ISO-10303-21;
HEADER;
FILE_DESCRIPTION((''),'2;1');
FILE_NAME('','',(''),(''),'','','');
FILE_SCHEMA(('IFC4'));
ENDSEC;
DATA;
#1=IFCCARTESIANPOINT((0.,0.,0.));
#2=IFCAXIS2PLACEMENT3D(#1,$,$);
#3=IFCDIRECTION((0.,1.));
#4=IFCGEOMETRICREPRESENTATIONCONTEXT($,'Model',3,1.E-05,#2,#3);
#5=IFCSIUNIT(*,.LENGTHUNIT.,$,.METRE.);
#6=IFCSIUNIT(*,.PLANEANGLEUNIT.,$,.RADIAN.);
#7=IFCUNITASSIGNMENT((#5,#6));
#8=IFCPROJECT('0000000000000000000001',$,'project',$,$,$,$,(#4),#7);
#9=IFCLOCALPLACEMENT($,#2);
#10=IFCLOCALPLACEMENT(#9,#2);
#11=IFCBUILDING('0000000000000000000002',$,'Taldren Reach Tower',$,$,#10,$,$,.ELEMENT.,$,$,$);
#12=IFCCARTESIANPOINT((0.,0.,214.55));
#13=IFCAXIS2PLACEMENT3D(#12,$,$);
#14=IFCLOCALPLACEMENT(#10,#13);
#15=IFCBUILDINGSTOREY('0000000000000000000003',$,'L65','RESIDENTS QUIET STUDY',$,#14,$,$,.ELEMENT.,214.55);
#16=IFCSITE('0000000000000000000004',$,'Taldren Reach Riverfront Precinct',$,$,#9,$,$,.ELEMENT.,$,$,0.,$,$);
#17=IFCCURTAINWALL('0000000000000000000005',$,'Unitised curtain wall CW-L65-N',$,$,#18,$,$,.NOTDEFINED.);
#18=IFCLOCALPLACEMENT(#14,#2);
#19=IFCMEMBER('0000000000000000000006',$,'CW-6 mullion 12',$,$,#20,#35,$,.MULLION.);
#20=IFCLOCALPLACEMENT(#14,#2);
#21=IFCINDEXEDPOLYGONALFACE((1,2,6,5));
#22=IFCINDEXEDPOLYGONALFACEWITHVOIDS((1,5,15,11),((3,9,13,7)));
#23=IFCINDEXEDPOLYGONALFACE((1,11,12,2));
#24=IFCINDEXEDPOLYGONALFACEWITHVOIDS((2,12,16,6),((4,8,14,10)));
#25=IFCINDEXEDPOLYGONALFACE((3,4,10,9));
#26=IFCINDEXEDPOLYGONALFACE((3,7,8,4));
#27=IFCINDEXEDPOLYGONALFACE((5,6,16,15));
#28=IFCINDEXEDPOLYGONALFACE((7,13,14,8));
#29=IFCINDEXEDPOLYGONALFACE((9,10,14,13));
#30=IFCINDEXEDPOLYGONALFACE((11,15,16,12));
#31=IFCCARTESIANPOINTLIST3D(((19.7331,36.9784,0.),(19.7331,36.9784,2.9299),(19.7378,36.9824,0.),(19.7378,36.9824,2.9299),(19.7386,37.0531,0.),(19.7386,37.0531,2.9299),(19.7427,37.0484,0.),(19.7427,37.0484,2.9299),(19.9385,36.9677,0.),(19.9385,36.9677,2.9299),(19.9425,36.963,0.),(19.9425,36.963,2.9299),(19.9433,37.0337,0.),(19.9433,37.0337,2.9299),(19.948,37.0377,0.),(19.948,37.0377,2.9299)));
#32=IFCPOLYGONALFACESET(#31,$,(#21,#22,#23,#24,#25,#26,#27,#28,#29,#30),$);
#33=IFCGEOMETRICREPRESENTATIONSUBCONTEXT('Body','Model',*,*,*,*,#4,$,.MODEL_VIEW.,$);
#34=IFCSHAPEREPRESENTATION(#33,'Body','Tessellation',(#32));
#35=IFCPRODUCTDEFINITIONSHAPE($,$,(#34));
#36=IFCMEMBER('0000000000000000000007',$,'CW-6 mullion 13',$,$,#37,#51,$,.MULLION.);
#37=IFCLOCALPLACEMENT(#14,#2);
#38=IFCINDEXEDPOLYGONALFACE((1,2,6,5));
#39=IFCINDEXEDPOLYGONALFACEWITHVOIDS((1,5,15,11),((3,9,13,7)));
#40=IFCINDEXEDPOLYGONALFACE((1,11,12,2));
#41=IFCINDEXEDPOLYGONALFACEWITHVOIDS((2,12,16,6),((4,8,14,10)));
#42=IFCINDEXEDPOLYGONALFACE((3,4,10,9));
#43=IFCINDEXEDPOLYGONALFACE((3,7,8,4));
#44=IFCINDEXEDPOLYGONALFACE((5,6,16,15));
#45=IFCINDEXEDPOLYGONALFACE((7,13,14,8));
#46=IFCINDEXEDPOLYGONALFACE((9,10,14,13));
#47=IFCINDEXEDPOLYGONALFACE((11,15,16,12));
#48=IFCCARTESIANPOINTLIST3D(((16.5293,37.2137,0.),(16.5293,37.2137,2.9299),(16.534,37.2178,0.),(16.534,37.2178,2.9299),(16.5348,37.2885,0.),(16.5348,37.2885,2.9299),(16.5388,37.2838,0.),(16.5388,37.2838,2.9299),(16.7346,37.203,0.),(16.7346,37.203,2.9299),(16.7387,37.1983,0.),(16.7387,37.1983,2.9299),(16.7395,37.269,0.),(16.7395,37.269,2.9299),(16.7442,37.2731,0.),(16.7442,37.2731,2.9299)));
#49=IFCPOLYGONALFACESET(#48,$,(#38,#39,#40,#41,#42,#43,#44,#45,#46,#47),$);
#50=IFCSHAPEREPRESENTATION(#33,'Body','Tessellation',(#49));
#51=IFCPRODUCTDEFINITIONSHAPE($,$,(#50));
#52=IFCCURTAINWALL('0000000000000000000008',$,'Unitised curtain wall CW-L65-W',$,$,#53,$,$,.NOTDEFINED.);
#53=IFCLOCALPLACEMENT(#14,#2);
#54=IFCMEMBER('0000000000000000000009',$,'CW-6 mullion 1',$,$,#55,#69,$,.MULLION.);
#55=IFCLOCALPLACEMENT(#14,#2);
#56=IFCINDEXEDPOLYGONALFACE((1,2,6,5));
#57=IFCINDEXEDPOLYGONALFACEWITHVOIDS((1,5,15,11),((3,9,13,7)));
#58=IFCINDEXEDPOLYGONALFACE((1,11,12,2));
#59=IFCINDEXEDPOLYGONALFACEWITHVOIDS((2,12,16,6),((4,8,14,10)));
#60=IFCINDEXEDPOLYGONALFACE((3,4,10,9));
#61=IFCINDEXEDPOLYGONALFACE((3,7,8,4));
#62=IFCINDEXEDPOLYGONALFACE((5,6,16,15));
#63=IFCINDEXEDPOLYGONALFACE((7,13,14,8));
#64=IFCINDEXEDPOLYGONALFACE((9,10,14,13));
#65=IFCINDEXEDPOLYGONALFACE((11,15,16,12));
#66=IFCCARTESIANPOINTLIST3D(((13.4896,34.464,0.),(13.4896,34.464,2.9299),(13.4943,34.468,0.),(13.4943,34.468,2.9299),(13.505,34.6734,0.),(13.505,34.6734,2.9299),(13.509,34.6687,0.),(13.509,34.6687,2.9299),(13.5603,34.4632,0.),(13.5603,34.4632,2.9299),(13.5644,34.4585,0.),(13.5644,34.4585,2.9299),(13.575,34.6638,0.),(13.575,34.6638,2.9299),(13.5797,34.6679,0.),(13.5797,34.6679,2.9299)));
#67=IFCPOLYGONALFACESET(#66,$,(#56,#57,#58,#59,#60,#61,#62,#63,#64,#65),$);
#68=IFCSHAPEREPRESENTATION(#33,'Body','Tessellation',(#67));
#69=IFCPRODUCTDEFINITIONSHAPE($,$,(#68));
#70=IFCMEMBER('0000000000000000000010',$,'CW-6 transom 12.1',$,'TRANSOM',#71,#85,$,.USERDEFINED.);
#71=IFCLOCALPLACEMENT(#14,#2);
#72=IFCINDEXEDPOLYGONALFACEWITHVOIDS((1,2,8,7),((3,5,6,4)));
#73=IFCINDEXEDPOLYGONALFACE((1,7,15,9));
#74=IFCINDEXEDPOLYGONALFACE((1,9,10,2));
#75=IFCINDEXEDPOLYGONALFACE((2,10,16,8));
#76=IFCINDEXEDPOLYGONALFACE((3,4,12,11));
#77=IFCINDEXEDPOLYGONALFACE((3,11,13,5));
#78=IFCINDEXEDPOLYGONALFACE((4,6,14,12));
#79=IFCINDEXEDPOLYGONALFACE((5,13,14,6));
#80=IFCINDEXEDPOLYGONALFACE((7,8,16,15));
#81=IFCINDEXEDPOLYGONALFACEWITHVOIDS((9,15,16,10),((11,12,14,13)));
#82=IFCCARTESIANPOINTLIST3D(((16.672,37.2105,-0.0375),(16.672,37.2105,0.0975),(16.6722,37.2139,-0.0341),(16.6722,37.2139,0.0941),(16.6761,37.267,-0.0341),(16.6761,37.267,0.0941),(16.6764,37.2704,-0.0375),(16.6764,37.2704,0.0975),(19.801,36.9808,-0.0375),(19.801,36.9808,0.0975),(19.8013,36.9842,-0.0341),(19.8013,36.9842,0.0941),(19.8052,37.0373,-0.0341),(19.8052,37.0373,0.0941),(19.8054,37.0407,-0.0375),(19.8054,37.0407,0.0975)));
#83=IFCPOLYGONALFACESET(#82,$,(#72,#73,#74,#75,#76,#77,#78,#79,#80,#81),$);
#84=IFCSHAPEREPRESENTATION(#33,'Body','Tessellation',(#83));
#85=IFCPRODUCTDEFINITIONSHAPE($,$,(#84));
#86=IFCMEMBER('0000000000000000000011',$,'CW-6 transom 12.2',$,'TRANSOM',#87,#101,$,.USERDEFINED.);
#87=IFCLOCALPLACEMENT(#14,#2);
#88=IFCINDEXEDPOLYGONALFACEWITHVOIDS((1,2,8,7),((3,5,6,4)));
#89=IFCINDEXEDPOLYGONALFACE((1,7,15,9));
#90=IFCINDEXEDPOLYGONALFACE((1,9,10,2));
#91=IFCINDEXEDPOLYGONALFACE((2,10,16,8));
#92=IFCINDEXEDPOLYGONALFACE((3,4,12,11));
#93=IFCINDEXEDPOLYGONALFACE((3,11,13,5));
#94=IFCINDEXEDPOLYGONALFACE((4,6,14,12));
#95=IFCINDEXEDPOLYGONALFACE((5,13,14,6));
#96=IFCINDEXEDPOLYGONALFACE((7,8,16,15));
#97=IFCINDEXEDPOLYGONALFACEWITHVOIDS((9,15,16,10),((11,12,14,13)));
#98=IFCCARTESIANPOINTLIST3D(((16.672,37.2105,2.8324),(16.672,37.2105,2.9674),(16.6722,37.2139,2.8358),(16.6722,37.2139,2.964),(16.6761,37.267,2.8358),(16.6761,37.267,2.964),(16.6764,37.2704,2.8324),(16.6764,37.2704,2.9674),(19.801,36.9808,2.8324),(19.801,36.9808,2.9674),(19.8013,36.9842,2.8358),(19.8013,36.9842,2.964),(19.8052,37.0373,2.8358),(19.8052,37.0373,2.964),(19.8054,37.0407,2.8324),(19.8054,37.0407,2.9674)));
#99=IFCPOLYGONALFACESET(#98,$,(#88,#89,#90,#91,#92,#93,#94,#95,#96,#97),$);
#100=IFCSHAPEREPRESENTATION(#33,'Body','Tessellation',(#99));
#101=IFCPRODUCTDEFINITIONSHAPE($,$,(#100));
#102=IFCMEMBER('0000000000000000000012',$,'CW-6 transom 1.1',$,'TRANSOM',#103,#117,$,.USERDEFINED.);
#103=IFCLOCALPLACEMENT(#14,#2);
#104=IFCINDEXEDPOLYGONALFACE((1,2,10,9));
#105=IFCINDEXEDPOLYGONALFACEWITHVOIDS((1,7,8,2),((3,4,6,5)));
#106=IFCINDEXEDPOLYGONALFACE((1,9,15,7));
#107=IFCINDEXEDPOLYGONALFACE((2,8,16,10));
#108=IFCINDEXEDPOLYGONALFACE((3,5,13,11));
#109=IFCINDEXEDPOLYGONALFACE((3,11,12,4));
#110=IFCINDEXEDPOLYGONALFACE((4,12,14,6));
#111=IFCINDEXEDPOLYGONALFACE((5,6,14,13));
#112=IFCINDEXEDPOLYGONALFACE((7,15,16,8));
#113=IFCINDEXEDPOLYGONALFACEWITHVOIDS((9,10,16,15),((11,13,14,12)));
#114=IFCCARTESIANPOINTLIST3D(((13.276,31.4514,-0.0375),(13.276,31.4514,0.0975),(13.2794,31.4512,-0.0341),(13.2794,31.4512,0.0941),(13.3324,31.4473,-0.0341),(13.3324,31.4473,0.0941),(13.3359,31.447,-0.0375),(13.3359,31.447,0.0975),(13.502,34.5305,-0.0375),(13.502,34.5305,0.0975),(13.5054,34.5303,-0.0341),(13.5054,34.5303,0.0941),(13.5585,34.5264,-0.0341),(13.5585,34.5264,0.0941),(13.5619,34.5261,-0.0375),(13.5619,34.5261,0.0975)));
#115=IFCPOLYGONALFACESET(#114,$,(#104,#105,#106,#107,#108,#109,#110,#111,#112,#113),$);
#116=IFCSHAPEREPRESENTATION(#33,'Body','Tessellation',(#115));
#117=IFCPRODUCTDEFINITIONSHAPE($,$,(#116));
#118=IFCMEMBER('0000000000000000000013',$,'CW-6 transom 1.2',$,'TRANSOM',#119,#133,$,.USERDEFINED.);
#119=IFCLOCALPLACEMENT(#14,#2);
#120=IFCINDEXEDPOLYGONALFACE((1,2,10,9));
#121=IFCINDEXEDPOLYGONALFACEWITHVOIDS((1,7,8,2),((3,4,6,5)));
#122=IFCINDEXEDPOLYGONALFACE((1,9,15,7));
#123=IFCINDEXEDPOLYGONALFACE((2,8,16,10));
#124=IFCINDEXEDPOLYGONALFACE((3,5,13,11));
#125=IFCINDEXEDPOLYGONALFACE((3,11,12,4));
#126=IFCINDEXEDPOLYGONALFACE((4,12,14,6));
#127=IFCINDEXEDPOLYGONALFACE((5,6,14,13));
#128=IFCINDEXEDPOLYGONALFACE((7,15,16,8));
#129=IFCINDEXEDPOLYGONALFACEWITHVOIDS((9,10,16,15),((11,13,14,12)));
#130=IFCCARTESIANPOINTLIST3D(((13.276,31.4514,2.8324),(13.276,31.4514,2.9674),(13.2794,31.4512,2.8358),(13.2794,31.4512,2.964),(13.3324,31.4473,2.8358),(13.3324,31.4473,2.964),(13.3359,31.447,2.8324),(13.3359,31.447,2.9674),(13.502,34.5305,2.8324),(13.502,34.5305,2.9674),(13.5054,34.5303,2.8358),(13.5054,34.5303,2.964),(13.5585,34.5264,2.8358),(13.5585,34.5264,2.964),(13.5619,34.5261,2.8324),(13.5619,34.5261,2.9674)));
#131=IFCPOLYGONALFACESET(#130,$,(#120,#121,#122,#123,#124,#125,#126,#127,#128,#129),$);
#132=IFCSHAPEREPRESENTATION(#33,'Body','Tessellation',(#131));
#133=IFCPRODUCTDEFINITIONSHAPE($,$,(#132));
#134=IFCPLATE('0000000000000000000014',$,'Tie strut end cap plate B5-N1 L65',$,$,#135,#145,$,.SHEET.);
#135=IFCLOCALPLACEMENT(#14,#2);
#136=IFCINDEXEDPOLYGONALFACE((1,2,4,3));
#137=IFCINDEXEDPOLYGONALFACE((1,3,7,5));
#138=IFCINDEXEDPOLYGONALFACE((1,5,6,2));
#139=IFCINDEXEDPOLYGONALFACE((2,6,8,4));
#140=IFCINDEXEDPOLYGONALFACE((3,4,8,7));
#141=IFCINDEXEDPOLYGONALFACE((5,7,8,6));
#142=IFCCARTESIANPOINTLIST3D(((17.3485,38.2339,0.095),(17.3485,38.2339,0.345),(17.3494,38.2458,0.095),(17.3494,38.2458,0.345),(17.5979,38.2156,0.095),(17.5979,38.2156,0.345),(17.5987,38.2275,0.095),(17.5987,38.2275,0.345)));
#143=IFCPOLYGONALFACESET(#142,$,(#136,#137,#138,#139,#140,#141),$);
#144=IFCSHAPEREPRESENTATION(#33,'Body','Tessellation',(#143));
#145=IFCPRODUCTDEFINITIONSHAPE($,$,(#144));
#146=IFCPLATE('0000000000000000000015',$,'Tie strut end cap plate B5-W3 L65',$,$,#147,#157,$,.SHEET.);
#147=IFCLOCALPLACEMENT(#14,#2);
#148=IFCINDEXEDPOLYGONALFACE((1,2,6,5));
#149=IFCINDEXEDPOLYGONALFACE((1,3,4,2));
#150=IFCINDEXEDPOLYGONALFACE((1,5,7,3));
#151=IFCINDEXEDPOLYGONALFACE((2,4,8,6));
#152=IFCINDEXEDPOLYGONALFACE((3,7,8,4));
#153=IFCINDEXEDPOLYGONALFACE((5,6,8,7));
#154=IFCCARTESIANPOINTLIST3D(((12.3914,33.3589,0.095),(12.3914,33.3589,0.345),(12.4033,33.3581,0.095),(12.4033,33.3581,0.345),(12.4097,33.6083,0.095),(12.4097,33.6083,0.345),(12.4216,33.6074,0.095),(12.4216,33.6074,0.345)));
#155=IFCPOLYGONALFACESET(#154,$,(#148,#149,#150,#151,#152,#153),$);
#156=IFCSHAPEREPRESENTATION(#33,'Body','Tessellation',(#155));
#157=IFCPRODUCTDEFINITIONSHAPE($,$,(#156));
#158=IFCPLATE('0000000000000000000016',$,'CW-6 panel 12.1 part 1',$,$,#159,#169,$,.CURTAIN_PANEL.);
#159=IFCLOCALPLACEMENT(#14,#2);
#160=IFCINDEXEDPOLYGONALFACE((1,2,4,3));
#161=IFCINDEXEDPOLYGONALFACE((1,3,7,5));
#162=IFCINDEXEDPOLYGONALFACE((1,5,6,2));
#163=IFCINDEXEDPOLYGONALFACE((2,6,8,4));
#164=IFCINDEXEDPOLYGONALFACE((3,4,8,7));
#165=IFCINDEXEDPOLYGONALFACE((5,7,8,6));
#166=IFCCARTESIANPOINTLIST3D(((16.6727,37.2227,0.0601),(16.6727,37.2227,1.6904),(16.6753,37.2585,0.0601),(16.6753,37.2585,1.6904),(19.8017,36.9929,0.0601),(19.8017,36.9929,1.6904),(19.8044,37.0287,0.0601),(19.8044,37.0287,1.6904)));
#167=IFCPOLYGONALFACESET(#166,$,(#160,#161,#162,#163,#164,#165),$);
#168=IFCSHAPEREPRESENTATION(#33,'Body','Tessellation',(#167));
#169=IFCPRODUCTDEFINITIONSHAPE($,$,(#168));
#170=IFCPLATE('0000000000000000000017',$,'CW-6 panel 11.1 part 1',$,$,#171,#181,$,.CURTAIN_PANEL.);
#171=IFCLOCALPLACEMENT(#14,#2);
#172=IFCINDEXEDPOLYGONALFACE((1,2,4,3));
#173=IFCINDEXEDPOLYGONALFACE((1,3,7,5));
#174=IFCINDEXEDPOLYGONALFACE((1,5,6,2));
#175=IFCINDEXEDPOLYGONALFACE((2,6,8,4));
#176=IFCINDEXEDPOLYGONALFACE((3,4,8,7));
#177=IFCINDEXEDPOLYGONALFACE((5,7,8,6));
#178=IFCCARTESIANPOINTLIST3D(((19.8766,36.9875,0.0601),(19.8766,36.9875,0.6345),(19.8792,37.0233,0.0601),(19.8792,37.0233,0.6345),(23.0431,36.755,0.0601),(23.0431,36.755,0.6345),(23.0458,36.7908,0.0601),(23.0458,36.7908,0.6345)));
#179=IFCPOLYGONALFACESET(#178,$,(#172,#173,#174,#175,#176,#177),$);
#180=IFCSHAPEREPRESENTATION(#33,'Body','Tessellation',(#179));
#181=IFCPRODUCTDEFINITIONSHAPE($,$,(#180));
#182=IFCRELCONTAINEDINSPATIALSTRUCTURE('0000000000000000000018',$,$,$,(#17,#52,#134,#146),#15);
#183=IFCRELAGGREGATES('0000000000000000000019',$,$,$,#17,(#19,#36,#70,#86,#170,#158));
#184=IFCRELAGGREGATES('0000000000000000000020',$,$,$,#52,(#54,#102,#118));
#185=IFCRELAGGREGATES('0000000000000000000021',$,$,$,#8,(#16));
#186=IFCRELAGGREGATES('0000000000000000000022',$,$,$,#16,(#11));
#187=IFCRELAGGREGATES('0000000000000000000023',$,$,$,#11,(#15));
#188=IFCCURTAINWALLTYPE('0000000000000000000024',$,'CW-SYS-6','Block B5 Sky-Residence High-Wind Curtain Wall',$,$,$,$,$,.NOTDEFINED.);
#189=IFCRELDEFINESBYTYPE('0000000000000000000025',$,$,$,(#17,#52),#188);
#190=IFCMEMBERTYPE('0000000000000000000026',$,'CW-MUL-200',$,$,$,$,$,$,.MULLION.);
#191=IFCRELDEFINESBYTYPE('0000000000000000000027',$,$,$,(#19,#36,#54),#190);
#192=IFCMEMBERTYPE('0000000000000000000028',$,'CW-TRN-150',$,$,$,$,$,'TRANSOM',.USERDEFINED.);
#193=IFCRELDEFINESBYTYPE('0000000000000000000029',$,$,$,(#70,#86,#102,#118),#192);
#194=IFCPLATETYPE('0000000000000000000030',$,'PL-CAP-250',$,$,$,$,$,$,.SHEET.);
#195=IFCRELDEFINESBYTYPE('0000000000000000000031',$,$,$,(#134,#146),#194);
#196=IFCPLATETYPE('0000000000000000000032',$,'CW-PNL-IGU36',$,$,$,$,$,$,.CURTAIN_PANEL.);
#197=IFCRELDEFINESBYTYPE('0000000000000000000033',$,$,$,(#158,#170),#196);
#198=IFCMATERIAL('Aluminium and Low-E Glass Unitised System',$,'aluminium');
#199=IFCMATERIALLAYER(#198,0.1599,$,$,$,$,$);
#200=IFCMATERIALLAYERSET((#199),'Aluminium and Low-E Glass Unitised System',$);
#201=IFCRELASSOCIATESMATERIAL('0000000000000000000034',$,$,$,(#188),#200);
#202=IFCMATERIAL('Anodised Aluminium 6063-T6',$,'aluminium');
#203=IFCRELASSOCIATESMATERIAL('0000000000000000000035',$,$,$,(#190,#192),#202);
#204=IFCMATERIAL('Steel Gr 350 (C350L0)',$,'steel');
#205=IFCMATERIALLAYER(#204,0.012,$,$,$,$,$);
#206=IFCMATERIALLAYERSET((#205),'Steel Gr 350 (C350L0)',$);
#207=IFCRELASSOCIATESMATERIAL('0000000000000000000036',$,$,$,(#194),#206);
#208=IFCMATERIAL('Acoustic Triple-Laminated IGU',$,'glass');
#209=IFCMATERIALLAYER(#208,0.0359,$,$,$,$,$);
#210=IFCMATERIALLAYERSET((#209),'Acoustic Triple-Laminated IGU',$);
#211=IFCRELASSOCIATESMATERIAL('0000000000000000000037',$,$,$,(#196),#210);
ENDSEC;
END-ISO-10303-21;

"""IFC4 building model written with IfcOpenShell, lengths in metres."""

from ifc_helpers import new_model, si_unit, direction, frame, origin, origin_2d, place, context, subcontext, project, spatial, rectangle, hollow_rectangle, extrude, source, transform, mapped, material, layer, layer_set, material_profile, profile_set, type_object, element, aggregate, save


model = new_model("IFC4")

# Units and contexts
model_context = context("Model", 3, precision=1e-05, world=origin(), true_north=direction((0.0, 1.0)))
body_context = subcontext(model_context, "Body", "Model", "MODEL_VIEW")
ifc_project = project(units=[si_unit("LENGTHUNIT", "METRE"), si_unit("PLANEANGLEUNIT", "RADIAN")], contexts=[model_context])

# Site, building, storey
site_placement = place(None, origin())
site = spatial("IfcSite", under=ifc_project, at=site_placement, Name="Taldren Reach Riverfront Precinct", CompositionType="ELEMENT", RefElevation=0.0)
building_placement = place(site_placement, origin())
building = spatial("IfcBuilding", under=site, at=building_placement, Name="Taldren Reach Tower", CompositionType="ELEMENT")
storey_placement = place(building_placement, frame((0.0, 0.0, 214.55)))
storey = spatial("IfcBuildingStorey", under=building, at=storey_placement, Name="L65", Description="RESIDENTS QUIET STUDY", CompositionType="ELEMENT", Elevation=214.55)

# Shared definitions
ifc_material_1 = material(Name="Steel Gr 350 (C350L0)", Category="steel")

# Curtain wall, members
ifc_material_2 = material(Name="Aluminium and Low-E Glass Unitised System", Category="aluminium")
ifc_layer_1 = layer(ifc_material_2, 0.1599)
ifc_layer_set_1 = layer_set([ifc_layer_1], Name="Aluminium and Low-E Glass Unitised System")
curtain_wall_type = type_object("IfcCurtainWallType", Name="CW-SYS-6", Description="Block B5 Sky-Residence High-Wind Curtain Wall", PredefinedType="NOTDEFINED", material=ifc_layer_set_1)
curtain_wall_1_placement = place(storey_placement, origin())
curtain_wall_1 = element("IfcCurtainWall", 1, at=curtain_wall_1_placement, inside=storey, type_object=curtain_wall_type, Name="Unitised curtain wall CW-L65-N", PredefinedType="NOTDEFINED")
ifc_material_3 = material(Name="Anodised Aluminium 6063-T6", Category="aluminium")
ifc_material_profile_1 = material_profile(ifc_material_3, hollow_rectangle(XDim=0.075, YDim=0.21, WallThickness=0.0044, at=origin_2d()), Name="ALU-210x75x4.5RHS")
ifc_profile_set_1 = profile_set([ifc_material_profile_1], Name="Anodised Aluminium 6063-T6")
member_type_1 = type_object("IfcMemberType", Name="CW-MUL-200", PredefinedType="MULLION", material=ifc_profile_set_1)
shared_shape_1 = source(origin(), body_context, "Body", "SweptSolid", [
    extrude(hollow_rectangle(XDim=0.075, YDim=0.21, WallThickness=0.0044, at=origin_2d()), origin(), (0.0, 0.0, 1.0), 2.9299),
])
member_1_placement = place(storey_placement, frame((19.8406, 37.0081, 0.0), z_axis=(0.0, 0.0, 1.0), x_axis=(-0.073238, -0.997314, 0.0)))
member_1 = element("IfcMember", 2, at=member_1_placement, type_object=member_type_1, Name="CW-6 mullion 12", PredefinedType="MULLION", context=body_context, shape_type="MappedRepresentation", body=[
    mapped(shared_shape_1, transform((0.0, 0.0, 0.0), scale=1.0)),
])
member_2_placement = place(storey_placement, frame((16.6367, 37.2434, 0.0), z_axis=(0.0, 0.0, 1.0), x_axis=(-0.073238, -0.997314, 0.0)))
member_2 = element("IfcMember", 3, at=member_2_placement, type_object=member_type_1, Name="CW-6 mullion 13", PredefinedType="MULLION", context=body_context, shape_type="MappedRepresentation", body=[
    mapped(shared_shape_1, transform((0.0, 0.0, 0.0), scale=1.0)),
])

# Curtain wall, member
curtain_wall_2_placement = place(storey_placement, origin())
curtain_wall_2 = element("IfcCurtainWall", 4, at=curtain_wall_2_placement, inside=storey, type_object=curtain_wall_type, Name="Unitised curtain wall CW-L65-W", PredefinedType="NOTDEFINED")
member_3_placement = place(storey_placement, frame((13.5347, 34.5659, 0.0), z_axis=(0.0, 0.0, 1.0), x_axis=(0.997314, -0.073238, 0.0)))
member_3 = element("IfcMember", 5, at=member_3_placement, type_object=member_type_1, Name="CW-6 mullion 1", PredefinedType="MULLION", context=body_context, shape_type="MappedRepresentation", body=[
    mapped(shared_shape_1, transform((0.0, 0.0, 0.0), scale=1.0)),
])

# Members
ifc_material_profile_2 = material_profile(ifc_material_3, hollow_rectangle(XDim=0.0601, YDim=0.135, WallThickness=0.0034, at=origin_2d()), Name="ALU-135x60x3.5RHS")
ifc_profile_set_2 = profile_set([ifc_material_profile_2], Name="Anodised Aluminium 6063-T6")
member_type_2 = type_object("IfcMemberType", Name="CW-TRN-150", ElementType="TRANSOM", PredefinedType="USERDEFINED", material=ifc_profile_set_2)
shared_shape_2 = source(origin(), body_context, "Body", "SweptSolid", [
    extrude(hollow_rectangle(XDim=0.0601, YDim=0.135, WallThickness=0.0034, at=origin_2d()), origin(), (0.0, 0.0, 1.0), 3.1375),
])
member_4_placement = place(storey_placement, frame((19.8032, 37.0107, 0.03), z_axis=(-0.997316, 0.073221, 0.0), x_axis=(-0.073221, -0.997316, 0.0)))
member_4 = element("IfcMember", 6, at=member_4_placement, type_object=member_type_2, Name="CW-6 transom 12.1", ObjectType="TRANSOM", PredefinedType="USERDEFINED", context=body_context, shape_type="MappedRepresentation", body=[
    mapped(shared_shape_2, transform((0.0, 0.0, 0.0), scale=1.0)),
])
member_5_placement = place(storey_placement, frame((19.8032, 37.0107, 2.8999), z_axis=(-0.997316, 0.073221, 0.0), x_axis=(-0.073221, -0.997316, 0.0)))
member_5 = element("IfcMember", 7, at=member_5_placement, type_object=member_type_2, Name="CW-6 transom 12.2", ObjectType="TRANSOM", PredefinedType="USERDEFINED", context=body_context, shape_type="MappedRepresentation", body=[
    mapped(shared_shape_2, transform((0.0, 0.0, 0.0), scale=1.0)),
])
shared_shape_3 = source(origin(), body_context, "Body", "SweptSolid", [
    extrude(hollow_rectangle(XDim=0.0601, YDim=0.135, WallThickness=0.0034, at=origin_2d()), origin(), (0.0, 0.0, 1.0), 3.0874),
])
member_6_placement = place(storey_placement, frame((13.532, 34.5283, 0.03), z_axis=(-0.073225, -0.997315, 0.0), x_axis=(0.997315, -0.073225, 0.0)))
member_6 = element("IfcMember", 8, at=member_6_placement, type_object=member_type_2, Name="CW-6 transom 1.1", ObjectType="TRANSOM", PredefinedType="USERDEFINED", context=body_context, shape_type="MappedRepresentation", body=[
    mapped(shared_shape_3, transform((0.0, 0.0, 0.0), scale=1.0)),
])
member_7_placement = place(storey_placement, frame((13.532, 34.5283, 2.8999), z_axis=(-0.073225, -0.997315, 0.0), x_axis=(0.997315, -0.073225, 0.0)))
member_7 = element("IfcMember", 9, at=member_7_placement, type_object=member_type_2, Name="CW-6 transom 1.2", ObjectType="TRANSOM", PredefinedType="USERDEFINED", context=body_context, shape_type="MappedRepresentation", body=[
    mapped(shared_shape_3, transform((0.0, 0.0, 0.0), scale=1.0)),
])

# Plates
ifc_layer_2 = layer(ifc_material_1, 0.012)
ifc_layer_set_2 = layer_set([ifc_layer_2], Name="Steel Gr 350 (C350L0)")
plate_type_1 = type_object("IfcPlateType", Name="PL-CAP-250", PredefinedType="SHEET", material=ifc_layer_set_2)
shared_shape_4 = source(origin(), body_context, "Body", "SweptSolid", [
    extrude(rectangle(XDim=0.25, YDim=0.012, at=origin_2d()), origin(), (0.0, 0.0, 1.0), 0.25),
])
plate_1_placement = place(storey_placement, frame((17.4736, 38.2307, 0.095), z_axis=(0.0, 0.0, 1.0), x_axis=(0.997314, -0.073238, 0.0)))
element("IfcPlate", 10, at=plate_1_placement, inside=storey, type_object=plate_type_1, Name="Tie strut end cap plate B5-N1 L65", PredefinedType="SHEET", context=body_context, shape_type="MappedRepresentation", body=[
    mapped(shared_shape_4, transform((0.0, 0.0, 0.0), scale=1.0)),
])
shared_shape_5 = source(origin(), body_context, "Body", "SweptSolid", [
    extrude(rectangle(XDim=0.012, YDim=0.25, at=origin_2d()), origin(), (0.0, 0.0, 1.0), 0.25),
])
plate_2_placement = place(storey_placement, frame((12.4065, 33.4832, 0.095), z_axis=(0.0, 0.0, 1.0), x_axis=(0.997314, -0.073238, 0.0)))
element("IfcPlate", 11, at=plate_2_placement, inside=storey, type_object=plate_type_1, Name="Tie strut end cap plate B5-W3 L65", PredefinedType="SHEET", context=body_context, shape_type="MappedRepresentation", body=[
    mapped(shared_shape_5, transform((0.0, 0.0, 0.0), scale=1.0)),
])

# Plates
ifc_material_4 = material(Name="Acoustic Triple-Laminated IGU", Category="glass")
ifc_layer_3 = layer(ifc_material_4, 0.0359)
ifc_layer_set_3 = layer_set([ifc_layer_3], Name="Acoustic Triple-Laminated IGU")
plate_type_2 = type_object("IfcPlateType", Name="CW-PNL-IGU36", PredefinedType="CURTAIN_PANEL", material=ifc_layer_set_3)
shared_shape_6 = source(origin(), body_context, "Body", "SweptSolid", [
    extrude(rectangle(XDim=3.1375, YDim=0.0359, at=origin_2d()), origin(), (0.0, 0.0, 1.0), 1.6304),
])
plate_3_placement = place(storey_placement, frame((18.2385, 37.1257, 0.0601), z_axis=(0.0, 0.0, 1.0), x_axis=(-0.997314, 0.073238, 0.0)))
plate_3 = element("IfcPlate", 12, at=plate_3_placement, type_object=plate_type_2, Name="CW-6 panel 12.1 part 1", PredefinedType="CURTAIN_PANEL", context=body_context, shape_type="MappedRepresentation", body=[
    mapped(shared_shape_6, transform((0.0, 0.0, 0.0), scale=1.0)),
])
shared_shape_7 = source(origin(), body_context, "Body", "SweptSolid", [
    extrude(rectangle(XDim=3.175, YDim=0.0359, at=origin_2d()), origin(), (0.0, 0.0, 1.0), 0.5745),
])
plate_4_placement = place(storey_placement, frame((21.4612, 36.8892, 0.0601), z_axis=(0.0, 0.0, 1.0), x_axis=(-0.997314, 0.073238, 0.0)))
plate_4 = element("IfcPlate", 13, at=plate_4_placement, type_object=plate_type_2, Name="CW-6 panel 11.1 part 1", PredefinedType="CURTAIN_PANEL", context=body_context, shape_type="MappedRepresentation", body=[
    mapped(shared_shape_7, transform((0.0, 0.0, 0.0), scale=1.0)),
])
aggregate(curtain_wall_1, [member_1, member_2, member_4, member_5, plate_4, plate_3])
aggregate(curtain_wall_2, [member_3, member_6, member_7])

save(model, "model.ifc")
